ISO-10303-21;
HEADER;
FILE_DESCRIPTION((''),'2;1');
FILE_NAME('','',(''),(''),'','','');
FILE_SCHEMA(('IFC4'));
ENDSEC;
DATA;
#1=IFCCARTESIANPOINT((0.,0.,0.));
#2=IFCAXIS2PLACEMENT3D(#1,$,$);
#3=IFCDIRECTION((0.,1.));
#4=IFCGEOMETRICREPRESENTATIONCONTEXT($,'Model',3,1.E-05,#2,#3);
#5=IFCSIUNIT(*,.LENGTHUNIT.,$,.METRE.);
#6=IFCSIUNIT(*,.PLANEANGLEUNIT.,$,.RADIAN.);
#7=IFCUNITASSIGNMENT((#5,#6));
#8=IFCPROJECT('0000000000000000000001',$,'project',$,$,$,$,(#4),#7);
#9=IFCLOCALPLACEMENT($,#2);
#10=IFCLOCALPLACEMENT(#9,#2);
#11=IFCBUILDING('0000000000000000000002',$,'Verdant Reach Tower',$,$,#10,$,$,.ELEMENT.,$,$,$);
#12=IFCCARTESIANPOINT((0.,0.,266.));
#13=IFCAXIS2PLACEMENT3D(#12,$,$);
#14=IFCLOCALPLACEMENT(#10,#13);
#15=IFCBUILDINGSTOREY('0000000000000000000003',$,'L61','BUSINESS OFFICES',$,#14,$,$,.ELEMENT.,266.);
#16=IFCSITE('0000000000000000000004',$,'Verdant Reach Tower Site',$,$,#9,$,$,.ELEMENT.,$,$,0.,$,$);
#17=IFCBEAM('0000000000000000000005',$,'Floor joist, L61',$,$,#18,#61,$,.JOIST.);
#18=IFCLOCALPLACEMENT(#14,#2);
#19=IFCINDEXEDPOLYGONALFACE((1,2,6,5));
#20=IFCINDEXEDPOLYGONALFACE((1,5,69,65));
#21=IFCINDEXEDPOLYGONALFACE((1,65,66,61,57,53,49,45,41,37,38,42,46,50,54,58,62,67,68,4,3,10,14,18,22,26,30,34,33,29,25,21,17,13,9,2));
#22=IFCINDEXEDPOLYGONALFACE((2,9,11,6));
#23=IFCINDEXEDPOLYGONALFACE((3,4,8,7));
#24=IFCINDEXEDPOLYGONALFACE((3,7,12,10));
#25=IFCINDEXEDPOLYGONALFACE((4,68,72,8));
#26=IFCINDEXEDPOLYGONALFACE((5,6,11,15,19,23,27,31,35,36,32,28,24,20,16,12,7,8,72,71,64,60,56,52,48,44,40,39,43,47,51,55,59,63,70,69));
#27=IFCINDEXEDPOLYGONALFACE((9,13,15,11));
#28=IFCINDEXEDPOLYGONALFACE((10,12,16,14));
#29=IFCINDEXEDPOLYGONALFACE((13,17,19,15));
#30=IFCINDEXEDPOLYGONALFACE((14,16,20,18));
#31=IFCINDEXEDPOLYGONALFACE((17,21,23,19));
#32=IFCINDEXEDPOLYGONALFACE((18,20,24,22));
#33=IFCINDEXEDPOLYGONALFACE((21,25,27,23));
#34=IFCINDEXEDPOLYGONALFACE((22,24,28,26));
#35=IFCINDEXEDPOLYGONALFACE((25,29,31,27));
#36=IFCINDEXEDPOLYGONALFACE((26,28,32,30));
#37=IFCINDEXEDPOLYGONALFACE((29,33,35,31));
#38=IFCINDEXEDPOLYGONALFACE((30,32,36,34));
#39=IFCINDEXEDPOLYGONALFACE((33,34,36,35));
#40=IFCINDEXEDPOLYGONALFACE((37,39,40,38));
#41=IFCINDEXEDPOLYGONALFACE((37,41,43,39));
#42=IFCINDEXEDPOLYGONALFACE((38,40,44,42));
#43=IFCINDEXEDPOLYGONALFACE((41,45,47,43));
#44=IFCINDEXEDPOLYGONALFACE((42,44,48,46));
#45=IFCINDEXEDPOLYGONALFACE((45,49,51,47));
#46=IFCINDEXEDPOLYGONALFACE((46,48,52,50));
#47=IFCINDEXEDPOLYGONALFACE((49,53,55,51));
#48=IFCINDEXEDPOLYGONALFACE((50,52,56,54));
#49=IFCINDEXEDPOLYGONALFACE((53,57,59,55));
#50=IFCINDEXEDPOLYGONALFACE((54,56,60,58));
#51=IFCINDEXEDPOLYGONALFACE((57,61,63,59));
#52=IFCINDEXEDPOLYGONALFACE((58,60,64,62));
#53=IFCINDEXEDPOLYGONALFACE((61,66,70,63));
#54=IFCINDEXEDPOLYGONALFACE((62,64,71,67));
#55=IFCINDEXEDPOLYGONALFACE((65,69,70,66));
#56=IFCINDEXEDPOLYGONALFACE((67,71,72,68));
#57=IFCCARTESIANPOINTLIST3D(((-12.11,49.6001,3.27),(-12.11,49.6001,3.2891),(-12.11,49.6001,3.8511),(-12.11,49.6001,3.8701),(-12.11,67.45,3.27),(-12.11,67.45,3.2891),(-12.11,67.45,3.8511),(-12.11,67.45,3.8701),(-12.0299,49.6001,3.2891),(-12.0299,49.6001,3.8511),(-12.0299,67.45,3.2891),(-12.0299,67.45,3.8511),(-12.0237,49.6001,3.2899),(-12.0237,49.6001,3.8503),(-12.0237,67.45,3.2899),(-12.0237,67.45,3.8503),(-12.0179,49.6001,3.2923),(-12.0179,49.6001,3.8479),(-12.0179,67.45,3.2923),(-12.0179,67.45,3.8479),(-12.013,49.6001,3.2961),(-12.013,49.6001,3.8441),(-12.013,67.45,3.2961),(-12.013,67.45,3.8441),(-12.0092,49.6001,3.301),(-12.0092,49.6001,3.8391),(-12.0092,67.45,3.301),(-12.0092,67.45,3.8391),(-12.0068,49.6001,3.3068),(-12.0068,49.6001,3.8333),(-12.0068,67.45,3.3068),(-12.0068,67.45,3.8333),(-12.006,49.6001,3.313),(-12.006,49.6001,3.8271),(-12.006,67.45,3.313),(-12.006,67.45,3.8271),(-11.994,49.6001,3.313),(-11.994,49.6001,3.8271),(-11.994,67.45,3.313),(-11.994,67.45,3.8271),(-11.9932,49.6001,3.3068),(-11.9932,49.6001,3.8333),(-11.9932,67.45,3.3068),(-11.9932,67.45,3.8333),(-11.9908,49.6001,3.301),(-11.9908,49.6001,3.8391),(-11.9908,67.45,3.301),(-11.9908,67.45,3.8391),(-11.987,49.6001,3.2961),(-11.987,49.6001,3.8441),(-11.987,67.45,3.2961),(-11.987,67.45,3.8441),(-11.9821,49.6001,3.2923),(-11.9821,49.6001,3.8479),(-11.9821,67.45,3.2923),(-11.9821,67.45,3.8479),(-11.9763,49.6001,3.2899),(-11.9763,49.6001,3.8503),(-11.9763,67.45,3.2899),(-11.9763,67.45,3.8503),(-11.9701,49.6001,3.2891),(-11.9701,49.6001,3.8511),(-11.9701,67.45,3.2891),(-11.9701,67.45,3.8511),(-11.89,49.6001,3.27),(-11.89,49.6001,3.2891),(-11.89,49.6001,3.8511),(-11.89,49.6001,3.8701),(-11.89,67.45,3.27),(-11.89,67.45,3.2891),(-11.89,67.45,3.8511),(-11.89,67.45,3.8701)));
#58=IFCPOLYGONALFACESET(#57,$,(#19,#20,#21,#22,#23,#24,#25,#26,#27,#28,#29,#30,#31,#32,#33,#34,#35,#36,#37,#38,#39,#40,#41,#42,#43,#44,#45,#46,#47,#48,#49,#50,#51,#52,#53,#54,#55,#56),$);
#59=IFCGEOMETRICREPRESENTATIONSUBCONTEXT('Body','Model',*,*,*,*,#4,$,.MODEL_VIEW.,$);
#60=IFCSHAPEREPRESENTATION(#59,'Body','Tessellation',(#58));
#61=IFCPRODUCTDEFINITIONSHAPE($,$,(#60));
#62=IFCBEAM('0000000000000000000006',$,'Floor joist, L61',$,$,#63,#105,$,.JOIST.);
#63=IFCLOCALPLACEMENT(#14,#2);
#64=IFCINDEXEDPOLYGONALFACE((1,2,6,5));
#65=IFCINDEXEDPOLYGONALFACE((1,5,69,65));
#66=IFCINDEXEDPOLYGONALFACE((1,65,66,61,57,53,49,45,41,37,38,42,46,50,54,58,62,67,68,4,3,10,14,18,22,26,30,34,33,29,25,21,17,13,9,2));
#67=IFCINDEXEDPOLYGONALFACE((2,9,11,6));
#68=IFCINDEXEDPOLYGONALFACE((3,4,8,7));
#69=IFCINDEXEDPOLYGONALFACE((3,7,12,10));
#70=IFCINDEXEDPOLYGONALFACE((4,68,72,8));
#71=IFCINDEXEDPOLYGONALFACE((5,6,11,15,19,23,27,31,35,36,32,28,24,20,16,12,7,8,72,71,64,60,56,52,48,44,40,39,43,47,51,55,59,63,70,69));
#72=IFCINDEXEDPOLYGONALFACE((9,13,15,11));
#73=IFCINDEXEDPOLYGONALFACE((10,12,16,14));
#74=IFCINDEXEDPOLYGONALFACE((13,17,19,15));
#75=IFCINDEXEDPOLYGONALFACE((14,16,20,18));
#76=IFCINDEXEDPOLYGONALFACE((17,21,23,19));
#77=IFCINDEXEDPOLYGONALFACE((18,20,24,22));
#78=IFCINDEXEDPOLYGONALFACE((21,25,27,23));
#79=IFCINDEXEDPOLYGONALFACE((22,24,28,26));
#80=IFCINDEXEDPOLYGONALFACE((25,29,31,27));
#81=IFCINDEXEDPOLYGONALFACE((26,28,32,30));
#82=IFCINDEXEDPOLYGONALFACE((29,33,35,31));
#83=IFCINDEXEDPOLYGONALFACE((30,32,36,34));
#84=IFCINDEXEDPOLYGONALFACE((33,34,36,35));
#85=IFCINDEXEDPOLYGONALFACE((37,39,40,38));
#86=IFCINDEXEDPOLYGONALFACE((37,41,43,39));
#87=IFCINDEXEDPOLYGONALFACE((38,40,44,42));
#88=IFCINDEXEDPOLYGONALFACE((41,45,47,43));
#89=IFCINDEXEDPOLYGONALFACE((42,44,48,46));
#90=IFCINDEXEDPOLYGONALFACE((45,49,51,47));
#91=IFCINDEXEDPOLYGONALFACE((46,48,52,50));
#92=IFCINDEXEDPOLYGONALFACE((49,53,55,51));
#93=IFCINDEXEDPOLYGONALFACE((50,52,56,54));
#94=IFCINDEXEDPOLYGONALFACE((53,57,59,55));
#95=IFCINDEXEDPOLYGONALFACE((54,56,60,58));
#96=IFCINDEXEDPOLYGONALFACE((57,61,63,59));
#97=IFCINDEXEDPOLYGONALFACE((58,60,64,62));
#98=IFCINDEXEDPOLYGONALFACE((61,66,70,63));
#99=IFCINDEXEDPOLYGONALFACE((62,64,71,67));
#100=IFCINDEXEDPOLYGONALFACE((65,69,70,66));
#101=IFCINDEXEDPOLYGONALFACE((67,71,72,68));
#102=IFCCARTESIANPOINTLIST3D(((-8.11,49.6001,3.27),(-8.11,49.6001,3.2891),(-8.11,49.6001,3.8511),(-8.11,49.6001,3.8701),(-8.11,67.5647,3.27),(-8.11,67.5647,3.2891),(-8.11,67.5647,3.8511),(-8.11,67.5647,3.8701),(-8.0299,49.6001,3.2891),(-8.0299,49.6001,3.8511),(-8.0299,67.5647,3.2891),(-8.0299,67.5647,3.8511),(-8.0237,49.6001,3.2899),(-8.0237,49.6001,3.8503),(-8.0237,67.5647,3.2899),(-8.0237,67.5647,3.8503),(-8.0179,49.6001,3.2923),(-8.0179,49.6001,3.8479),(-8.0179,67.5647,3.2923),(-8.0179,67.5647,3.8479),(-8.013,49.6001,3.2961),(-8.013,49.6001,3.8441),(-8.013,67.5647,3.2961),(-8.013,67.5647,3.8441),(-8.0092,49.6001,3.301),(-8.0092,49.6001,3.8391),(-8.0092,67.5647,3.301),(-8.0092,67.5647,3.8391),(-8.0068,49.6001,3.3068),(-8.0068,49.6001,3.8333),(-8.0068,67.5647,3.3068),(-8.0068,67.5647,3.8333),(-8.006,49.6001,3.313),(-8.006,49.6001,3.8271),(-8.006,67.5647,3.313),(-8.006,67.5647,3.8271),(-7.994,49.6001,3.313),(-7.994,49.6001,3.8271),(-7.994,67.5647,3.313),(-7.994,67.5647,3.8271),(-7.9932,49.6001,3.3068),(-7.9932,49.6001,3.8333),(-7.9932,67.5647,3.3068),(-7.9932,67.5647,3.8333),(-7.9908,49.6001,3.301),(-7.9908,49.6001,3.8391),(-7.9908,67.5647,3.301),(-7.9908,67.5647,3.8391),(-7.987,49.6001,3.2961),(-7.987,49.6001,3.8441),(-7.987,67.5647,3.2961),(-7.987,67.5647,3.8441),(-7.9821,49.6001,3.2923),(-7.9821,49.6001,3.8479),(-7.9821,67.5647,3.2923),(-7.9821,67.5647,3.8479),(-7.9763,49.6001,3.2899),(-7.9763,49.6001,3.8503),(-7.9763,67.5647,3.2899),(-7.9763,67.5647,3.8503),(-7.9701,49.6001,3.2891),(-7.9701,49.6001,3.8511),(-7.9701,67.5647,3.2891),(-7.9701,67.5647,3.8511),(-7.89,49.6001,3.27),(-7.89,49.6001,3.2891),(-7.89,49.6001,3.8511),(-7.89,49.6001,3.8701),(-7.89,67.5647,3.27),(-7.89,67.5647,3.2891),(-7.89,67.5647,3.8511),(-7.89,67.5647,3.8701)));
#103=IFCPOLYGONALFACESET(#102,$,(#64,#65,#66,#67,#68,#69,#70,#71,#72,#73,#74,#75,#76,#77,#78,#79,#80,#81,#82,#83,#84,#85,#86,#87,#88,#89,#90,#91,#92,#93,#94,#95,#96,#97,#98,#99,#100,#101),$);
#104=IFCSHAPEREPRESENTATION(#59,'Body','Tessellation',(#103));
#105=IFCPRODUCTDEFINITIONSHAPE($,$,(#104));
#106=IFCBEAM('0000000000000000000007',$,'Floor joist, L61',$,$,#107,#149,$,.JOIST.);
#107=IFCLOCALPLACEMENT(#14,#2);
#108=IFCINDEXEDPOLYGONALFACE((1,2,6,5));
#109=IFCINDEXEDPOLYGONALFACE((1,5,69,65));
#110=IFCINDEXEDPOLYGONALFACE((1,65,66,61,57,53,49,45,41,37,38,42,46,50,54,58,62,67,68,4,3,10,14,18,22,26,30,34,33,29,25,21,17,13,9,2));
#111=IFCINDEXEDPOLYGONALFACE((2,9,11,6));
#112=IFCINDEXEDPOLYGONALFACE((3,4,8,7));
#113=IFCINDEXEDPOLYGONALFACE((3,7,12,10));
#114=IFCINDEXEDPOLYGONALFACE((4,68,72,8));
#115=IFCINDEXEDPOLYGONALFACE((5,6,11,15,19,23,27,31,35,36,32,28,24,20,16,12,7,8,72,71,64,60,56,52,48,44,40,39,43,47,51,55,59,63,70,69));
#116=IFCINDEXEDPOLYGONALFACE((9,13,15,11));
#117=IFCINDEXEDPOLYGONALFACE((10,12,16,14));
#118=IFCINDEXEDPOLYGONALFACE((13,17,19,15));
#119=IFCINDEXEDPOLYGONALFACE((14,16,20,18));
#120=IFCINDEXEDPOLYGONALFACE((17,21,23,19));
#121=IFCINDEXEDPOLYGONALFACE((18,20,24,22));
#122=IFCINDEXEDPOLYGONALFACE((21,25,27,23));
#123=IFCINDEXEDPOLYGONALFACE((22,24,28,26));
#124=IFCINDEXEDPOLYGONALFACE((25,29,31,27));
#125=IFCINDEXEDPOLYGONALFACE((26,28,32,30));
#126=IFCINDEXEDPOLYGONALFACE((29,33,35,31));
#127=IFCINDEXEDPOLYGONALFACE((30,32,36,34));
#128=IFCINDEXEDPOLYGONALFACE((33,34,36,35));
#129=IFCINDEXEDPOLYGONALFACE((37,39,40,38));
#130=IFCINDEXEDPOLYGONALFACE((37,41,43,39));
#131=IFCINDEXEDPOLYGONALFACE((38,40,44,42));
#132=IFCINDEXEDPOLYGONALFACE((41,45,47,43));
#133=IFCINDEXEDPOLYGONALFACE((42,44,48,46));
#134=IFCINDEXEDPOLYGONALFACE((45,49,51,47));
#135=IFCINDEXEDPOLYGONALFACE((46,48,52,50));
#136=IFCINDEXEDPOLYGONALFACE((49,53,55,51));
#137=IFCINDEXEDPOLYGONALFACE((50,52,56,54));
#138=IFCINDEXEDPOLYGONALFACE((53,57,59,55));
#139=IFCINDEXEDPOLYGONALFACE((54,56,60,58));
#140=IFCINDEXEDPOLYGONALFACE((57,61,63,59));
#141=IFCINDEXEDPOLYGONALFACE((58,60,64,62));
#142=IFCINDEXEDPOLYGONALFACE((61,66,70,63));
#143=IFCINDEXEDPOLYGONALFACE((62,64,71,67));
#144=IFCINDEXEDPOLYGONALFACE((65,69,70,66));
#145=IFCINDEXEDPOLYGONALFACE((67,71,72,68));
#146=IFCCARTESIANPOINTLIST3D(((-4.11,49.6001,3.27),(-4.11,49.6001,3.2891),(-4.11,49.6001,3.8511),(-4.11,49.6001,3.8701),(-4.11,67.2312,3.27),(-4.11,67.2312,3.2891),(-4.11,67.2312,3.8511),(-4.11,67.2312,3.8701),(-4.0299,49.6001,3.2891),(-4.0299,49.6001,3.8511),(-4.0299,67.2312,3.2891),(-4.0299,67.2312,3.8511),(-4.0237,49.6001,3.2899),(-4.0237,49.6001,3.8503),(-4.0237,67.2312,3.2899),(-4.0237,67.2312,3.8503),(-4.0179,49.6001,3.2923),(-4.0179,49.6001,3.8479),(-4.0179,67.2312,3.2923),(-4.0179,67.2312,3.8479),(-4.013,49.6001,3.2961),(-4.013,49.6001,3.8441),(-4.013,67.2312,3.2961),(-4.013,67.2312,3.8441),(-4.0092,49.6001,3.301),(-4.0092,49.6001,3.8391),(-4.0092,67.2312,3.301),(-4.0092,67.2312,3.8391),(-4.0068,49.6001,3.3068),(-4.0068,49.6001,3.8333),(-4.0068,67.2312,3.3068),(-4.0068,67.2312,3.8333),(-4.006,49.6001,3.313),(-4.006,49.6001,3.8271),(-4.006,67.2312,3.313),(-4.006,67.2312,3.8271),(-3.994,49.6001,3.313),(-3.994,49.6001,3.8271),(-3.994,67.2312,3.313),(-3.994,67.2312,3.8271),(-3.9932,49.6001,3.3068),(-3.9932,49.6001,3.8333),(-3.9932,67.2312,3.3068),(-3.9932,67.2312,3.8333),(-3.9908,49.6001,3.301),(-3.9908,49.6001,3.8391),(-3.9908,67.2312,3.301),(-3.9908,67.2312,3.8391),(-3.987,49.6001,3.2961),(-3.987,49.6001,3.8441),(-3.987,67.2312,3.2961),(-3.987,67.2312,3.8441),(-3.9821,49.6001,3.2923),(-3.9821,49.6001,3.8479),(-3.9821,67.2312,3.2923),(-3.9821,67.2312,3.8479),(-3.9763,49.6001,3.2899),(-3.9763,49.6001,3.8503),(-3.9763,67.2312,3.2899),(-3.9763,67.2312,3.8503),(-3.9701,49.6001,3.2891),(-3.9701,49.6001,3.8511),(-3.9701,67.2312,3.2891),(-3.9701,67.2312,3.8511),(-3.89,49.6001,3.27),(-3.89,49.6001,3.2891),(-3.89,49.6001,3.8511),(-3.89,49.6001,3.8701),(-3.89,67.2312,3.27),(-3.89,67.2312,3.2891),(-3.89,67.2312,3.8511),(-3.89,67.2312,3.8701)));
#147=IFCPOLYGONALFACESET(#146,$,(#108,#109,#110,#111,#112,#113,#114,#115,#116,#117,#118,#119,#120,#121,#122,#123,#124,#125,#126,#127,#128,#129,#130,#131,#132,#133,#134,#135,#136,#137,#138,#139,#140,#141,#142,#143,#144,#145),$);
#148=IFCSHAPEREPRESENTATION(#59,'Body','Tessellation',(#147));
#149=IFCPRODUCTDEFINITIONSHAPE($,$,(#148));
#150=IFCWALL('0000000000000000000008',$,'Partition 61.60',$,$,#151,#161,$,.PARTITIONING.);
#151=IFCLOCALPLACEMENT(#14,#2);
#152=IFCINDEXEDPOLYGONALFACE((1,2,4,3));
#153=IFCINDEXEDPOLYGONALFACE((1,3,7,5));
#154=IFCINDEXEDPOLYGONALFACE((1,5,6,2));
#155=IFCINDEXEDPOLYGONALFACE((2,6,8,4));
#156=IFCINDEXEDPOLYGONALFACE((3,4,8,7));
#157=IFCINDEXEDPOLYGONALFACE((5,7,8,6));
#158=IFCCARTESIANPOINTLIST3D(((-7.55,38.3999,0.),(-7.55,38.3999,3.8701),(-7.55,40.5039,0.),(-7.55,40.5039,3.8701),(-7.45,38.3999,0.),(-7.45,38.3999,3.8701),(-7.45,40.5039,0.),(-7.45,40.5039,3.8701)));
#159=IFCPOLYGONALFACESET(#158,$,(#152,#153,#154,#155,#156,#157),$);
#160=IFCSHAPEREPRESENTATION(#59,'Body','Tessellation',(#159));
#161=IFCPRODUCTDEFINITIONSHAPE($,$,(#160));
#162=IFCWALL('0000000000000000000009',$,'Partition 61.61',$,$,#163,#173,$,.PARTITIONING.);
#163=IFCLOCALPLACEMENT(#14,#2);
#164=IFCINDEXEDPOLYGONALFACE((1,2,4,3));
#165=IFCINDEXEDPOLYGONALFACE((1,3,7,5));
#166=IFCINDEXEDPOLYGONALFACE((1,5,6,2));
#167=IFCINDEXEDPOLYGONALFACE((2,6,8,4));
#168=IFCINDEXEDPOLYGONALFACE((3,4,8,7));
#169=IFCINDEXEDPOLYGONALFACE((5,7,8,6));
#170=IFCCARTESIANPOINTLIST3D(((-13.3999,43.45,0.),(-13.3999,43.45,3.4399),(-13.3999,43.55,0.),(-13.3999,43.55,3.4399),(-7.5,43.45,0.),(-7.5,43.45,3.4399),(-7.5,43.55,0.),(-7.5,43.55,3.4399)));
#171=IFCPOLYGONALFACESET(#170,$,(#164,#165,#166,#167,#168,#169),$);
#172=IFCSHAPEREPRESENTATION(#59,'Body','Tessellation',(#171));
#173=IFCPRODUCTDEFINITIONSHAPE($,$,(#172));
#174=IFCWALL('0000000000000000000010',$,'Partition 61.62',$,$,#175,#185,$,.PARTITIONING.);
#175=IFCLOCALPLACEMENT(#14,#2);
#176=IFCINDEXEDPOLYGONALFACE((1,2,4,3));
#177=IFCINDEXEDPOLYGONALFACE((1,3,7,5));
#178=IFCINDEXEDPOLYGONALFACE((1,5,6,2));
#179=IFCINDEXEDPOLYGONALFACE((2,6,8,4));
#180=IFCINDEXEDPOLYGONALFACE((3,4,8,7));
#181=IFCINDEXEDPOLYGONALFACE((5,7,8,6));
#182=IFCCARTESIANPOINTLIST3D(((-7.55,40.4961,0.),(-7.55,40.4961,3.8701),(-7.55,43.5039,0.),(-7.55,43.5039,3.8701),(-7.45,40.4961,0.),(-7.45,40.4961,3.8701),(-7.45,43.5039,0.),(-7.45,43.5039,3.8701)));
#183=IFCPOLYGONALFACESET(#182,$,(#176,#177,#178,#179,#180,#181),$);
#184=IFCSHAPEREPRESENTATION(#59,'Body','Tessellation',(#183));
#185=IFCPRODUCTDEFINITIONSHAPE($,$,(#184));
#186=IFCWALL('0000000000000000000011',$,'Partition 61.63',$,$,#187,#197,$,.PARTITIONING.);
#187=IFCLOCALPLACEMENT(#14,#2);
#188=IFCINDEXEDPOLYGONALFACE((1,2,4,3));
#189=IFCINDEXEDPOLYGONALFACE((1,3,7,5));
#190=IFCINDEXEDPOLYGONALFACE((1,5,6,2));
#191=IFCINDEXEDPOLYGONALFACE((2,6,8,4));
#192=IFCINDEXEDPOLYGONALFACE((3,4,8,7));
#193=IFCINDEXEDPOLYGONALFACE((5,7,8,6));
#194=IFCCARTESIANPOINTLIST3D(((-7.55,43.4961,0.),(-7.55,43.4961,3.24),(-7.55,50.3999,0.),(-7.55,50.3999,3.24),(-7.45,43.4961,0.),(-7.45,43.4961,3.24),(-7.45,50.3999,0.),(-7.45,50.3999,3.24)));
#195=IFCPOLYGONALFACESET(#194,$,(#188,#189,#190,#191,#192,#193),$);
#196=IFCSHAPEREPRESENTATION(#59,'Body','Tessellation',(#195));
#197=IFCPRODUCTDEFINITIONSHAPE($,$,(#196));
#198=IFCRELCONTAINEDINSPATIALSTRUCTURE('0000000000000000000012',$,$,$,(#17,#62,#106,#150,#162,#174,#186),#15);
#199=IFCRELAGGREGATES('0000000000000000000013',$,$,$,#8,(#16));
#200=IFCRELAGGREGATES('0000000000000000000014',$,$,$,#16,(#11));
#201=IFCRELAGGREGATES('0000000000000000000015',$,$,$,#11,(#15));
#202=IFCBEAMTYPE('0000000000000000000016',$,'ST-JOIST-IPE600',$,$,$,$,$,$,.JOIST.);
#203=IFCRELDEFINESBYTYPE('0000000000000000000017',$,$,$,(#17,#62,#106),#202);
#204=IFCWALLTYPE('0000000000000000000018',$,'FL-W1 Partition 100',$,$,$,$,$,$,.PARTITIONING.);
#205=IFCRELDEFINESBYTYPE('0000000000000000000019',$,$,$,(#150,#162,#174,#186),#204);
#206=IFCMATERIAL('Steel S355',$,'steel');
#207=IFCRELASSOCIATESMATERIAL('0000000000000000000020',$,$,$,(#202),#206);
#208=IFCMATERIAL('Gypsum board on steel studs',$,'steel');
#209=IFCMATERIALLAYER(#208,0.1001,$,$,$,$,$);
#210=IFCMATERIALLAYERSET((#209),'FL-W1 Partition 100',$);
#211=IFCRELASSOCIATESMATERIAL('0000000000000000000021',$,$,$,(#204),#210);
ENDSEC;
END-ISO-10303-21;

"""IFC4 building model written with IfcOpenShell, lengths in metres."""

from ifc_helpers import new_model, si_unit, direction, frame, frame_2d, origin, origin_2d, place, context, subcontext, project, spatial, rectangle, i_section, extrude, material, layer, layer_set, material_profile, profile_set, type_object, element, save


model = new_model("IFC4")

# Units and contexts
model_context = context("Model", 3, precision=1e-05, world=origin(), true_north=direction((0.0, 1.0)))
body_context = subcontext(model_context, "Body", "Model", "MODEL_VIEW")
ifc_project = project(units=[si_unit("LENGTHUNIT", "METRE"), si_unit("PLANEANGLEUNIT", "RADIAN")], contexts=[model_context])

# Site, building, storey
site_placement = place(None, origin())
site = spatial("IfcSite", under=ifc_project, at=site_placement, Name="Verdant Reach Tower Site", CompositionType="ELEMENT", RefElevation=0.0)
building_placement = place(site_placement, origin())
building = spatial("IfcBuilding", under=site, at=building_placement, Name="Verdant Reach Tower", CompositionType="ELEMENT")
storey_placement = place(building_placement, frame((0.0, 0.0, 266.0)))
storey = spatial("IfcBuildingStorey", under=building, at=storey_placement, Name="L61", Description="BUSINESS OFFICES", CompositionType="ELEMENT", Elevation=266.0)

# Beams
ifc_material_1 = material(Name="Steel S355", Category="steel")
ifc_material_profile_1 = material_profile(ifc_material_1, i_section(OverallWidth=0.22, OverallDepth=0.6001, WebThickness=0.012, FlangeThickness=0.019, FilletRadius=0.0239, at=origin_2d()), Name="IPE 600")
ifc_profile_set_1 = profile_set([ifc_material_profile_1], Name="Steel S355")
beam_type_1 = type_object("IfcBeamType", Name="ST-JOIST-IPE600", PredefinedType="JOIST", material=ifc_profile_set_1)
beam_1_placement = place(storey_placement, frame((-12.0, 49.6001, 3.5701), z_axis=(0.0, 1.0, 0.0), x_axis=(-1.0, 0.0, 0.0)))
element("IfcBeam", 1, at=beam_1_placement, inside=storey, type_object=beam_type_1, Name="Floor joist, L61", PredefinedType="JOIST", context=body_context, shape_type="SweptSolid", body=[
    extrude(i_section(OverallWidth=0.22, OverallDepth=0.6001, WebThickness=0.012, FlangeThickness=0.019, FilletRadius=0.0239, at=origin_2d()), origin(), (0.0, 0.0, 1.0), 17.8499),
])
beam_2_placement = place(storey_placement, frame((-8.0, 49.6001, 3.5701), z_axis=(0.0, 1.0, 0.0), x_axis=(-1.0, 0.0, 0.0)))
element("IfcBeam", 2, at=beam_2_placement, inside=storey, type_object=beam_type_1, Name="Floor joist, L61", PredefinedType="JOIST", context=body_context, shape_type="SweptSolid", body=[
    extrude(i_section(OverallWidth=0.22, OverallDepth=0.6001, WebThickness=0.012, FlangeThickness=0.019, FilletRadius=0.0239, at=origin_2d()), origin(), (0.0, 0.0, 1.0), 17.9646),
])
beam_3_placement = place(storey_placement, frame((-4.0, 49.6001, 3.5701), z_axis=(0.0, 1.0, 0.0), x_axis=(-1.0, 0.0, 0.0)))
element("IfcBeam", 3, at=beam_3_placement, inside=storey, type_object=beam_type_1, Name="Floor joist, L61", PredefinedType="JOIST", context=body_context, shape_type="SweptSolid", body=[
    extrude(i_section(OverallWidth=0.22, OverallDepth=0.6001, WebThickness=0.012, FlangeThickness=0.019, FilletRadius=0.0239, at=origin_2d()), origin(), (0.0, 0.0, 1.0), 17.6311),
])

# Walls
ifc_material_2 = material(Name="Gypsum board on steel studs", Category="steel")
ifc_layer_1 = layer(ifc_material_2, 0.1001)
ifc_layer_set_1 = layer_set([ifc_layer_1], Name="FL-W1 Partition 100")
wall_type_1 = type_object("IfcWallType", Name="FL-W1 Partition 100", PredefinedType="PARTITIONING", material=ifc_layer_set_1)
wall_1_placement = place(storey_placement, frame((-7.5, 38.3999, 0.0), z_axis=(0.0, 0.0, 1.0), x_axis=(0.0, 1.0, 0.0)))
element("IfcWall", 4, at=wall_1_placement, inside=storey, type_object=wall_type_1, Name="Partition 61.60", PredefinedType="PARTITIONING", context=body_context, shape_type="SweptSolid", body=[
    extrude(rectangle(XDim=2.104, YDim=0.1001, at=frame_2d((1.052, 0.0))), origin(), (0.0, 0.0, 1.0), 3.8701),
])
wall_2_placement = place(storey_placement, frame((-7.5, 43.5, 0.0), z_axis=(0.0, 0.0, 1.0), x_axis=(-1.0, 0.0, 0.0)))
element("IfcWall", 5, at=wall_2_placement, inside=storey, type_object=wall_type_1, Name="Partition 61.61", PredefinedType="PARTITIONING", context=body_context, shape_type="SweptSolid", body=[
    extrude(rectangle(XDim=5.8999, YDim=0.1001, at=frame_2d((2.95, 0.0))), origin(), (0.0, 0.0, 1.0), 3.4399),
])
wall_3_placement = place(storey_placement, frame((-7.5, 40.4961, 0.0), z_axis=(0.0, 0.0, 1.0), x_axis=(0.0, 1.0, 0.0)))
element("IfcWall", 6, at=wall_3_placement, inside=storey, type_object=wall_type_1, Name="Partition 61.62", PredefinedType="PARTITIONING", context=body_context, shape_type="SweptSolid", body=[
    extrude(rectangle(XDim=3.0078, YDim=0.1001, at=frame_2d((1.5039, 0.0))), origin(), (0.0, 0.0, 1.0), 3.8701),
])
wall_4_placement = place(storey_placement, frame((-7.5, 43.4961, 0.0), z_axis=(0.0, 0.0, 1.0), x_axis=(0.0, 1.0, 0.0)))
element("IfcWall", 7, at=wall_4_placement, inside=storey, type_object=wall_type_1, Name="Partition 61.63", PredefinedType="PARTITIONING", context=body_context, shape_type="SweptSolid", body=[
    extrude(rectangle(XDim=6.9038, YDim=0.1001, at=frame_2d((3.4519, 0.0))), origin(), (0.0, 0.0, 1.0), 3.24),
])

save(model, "model.ifc")
